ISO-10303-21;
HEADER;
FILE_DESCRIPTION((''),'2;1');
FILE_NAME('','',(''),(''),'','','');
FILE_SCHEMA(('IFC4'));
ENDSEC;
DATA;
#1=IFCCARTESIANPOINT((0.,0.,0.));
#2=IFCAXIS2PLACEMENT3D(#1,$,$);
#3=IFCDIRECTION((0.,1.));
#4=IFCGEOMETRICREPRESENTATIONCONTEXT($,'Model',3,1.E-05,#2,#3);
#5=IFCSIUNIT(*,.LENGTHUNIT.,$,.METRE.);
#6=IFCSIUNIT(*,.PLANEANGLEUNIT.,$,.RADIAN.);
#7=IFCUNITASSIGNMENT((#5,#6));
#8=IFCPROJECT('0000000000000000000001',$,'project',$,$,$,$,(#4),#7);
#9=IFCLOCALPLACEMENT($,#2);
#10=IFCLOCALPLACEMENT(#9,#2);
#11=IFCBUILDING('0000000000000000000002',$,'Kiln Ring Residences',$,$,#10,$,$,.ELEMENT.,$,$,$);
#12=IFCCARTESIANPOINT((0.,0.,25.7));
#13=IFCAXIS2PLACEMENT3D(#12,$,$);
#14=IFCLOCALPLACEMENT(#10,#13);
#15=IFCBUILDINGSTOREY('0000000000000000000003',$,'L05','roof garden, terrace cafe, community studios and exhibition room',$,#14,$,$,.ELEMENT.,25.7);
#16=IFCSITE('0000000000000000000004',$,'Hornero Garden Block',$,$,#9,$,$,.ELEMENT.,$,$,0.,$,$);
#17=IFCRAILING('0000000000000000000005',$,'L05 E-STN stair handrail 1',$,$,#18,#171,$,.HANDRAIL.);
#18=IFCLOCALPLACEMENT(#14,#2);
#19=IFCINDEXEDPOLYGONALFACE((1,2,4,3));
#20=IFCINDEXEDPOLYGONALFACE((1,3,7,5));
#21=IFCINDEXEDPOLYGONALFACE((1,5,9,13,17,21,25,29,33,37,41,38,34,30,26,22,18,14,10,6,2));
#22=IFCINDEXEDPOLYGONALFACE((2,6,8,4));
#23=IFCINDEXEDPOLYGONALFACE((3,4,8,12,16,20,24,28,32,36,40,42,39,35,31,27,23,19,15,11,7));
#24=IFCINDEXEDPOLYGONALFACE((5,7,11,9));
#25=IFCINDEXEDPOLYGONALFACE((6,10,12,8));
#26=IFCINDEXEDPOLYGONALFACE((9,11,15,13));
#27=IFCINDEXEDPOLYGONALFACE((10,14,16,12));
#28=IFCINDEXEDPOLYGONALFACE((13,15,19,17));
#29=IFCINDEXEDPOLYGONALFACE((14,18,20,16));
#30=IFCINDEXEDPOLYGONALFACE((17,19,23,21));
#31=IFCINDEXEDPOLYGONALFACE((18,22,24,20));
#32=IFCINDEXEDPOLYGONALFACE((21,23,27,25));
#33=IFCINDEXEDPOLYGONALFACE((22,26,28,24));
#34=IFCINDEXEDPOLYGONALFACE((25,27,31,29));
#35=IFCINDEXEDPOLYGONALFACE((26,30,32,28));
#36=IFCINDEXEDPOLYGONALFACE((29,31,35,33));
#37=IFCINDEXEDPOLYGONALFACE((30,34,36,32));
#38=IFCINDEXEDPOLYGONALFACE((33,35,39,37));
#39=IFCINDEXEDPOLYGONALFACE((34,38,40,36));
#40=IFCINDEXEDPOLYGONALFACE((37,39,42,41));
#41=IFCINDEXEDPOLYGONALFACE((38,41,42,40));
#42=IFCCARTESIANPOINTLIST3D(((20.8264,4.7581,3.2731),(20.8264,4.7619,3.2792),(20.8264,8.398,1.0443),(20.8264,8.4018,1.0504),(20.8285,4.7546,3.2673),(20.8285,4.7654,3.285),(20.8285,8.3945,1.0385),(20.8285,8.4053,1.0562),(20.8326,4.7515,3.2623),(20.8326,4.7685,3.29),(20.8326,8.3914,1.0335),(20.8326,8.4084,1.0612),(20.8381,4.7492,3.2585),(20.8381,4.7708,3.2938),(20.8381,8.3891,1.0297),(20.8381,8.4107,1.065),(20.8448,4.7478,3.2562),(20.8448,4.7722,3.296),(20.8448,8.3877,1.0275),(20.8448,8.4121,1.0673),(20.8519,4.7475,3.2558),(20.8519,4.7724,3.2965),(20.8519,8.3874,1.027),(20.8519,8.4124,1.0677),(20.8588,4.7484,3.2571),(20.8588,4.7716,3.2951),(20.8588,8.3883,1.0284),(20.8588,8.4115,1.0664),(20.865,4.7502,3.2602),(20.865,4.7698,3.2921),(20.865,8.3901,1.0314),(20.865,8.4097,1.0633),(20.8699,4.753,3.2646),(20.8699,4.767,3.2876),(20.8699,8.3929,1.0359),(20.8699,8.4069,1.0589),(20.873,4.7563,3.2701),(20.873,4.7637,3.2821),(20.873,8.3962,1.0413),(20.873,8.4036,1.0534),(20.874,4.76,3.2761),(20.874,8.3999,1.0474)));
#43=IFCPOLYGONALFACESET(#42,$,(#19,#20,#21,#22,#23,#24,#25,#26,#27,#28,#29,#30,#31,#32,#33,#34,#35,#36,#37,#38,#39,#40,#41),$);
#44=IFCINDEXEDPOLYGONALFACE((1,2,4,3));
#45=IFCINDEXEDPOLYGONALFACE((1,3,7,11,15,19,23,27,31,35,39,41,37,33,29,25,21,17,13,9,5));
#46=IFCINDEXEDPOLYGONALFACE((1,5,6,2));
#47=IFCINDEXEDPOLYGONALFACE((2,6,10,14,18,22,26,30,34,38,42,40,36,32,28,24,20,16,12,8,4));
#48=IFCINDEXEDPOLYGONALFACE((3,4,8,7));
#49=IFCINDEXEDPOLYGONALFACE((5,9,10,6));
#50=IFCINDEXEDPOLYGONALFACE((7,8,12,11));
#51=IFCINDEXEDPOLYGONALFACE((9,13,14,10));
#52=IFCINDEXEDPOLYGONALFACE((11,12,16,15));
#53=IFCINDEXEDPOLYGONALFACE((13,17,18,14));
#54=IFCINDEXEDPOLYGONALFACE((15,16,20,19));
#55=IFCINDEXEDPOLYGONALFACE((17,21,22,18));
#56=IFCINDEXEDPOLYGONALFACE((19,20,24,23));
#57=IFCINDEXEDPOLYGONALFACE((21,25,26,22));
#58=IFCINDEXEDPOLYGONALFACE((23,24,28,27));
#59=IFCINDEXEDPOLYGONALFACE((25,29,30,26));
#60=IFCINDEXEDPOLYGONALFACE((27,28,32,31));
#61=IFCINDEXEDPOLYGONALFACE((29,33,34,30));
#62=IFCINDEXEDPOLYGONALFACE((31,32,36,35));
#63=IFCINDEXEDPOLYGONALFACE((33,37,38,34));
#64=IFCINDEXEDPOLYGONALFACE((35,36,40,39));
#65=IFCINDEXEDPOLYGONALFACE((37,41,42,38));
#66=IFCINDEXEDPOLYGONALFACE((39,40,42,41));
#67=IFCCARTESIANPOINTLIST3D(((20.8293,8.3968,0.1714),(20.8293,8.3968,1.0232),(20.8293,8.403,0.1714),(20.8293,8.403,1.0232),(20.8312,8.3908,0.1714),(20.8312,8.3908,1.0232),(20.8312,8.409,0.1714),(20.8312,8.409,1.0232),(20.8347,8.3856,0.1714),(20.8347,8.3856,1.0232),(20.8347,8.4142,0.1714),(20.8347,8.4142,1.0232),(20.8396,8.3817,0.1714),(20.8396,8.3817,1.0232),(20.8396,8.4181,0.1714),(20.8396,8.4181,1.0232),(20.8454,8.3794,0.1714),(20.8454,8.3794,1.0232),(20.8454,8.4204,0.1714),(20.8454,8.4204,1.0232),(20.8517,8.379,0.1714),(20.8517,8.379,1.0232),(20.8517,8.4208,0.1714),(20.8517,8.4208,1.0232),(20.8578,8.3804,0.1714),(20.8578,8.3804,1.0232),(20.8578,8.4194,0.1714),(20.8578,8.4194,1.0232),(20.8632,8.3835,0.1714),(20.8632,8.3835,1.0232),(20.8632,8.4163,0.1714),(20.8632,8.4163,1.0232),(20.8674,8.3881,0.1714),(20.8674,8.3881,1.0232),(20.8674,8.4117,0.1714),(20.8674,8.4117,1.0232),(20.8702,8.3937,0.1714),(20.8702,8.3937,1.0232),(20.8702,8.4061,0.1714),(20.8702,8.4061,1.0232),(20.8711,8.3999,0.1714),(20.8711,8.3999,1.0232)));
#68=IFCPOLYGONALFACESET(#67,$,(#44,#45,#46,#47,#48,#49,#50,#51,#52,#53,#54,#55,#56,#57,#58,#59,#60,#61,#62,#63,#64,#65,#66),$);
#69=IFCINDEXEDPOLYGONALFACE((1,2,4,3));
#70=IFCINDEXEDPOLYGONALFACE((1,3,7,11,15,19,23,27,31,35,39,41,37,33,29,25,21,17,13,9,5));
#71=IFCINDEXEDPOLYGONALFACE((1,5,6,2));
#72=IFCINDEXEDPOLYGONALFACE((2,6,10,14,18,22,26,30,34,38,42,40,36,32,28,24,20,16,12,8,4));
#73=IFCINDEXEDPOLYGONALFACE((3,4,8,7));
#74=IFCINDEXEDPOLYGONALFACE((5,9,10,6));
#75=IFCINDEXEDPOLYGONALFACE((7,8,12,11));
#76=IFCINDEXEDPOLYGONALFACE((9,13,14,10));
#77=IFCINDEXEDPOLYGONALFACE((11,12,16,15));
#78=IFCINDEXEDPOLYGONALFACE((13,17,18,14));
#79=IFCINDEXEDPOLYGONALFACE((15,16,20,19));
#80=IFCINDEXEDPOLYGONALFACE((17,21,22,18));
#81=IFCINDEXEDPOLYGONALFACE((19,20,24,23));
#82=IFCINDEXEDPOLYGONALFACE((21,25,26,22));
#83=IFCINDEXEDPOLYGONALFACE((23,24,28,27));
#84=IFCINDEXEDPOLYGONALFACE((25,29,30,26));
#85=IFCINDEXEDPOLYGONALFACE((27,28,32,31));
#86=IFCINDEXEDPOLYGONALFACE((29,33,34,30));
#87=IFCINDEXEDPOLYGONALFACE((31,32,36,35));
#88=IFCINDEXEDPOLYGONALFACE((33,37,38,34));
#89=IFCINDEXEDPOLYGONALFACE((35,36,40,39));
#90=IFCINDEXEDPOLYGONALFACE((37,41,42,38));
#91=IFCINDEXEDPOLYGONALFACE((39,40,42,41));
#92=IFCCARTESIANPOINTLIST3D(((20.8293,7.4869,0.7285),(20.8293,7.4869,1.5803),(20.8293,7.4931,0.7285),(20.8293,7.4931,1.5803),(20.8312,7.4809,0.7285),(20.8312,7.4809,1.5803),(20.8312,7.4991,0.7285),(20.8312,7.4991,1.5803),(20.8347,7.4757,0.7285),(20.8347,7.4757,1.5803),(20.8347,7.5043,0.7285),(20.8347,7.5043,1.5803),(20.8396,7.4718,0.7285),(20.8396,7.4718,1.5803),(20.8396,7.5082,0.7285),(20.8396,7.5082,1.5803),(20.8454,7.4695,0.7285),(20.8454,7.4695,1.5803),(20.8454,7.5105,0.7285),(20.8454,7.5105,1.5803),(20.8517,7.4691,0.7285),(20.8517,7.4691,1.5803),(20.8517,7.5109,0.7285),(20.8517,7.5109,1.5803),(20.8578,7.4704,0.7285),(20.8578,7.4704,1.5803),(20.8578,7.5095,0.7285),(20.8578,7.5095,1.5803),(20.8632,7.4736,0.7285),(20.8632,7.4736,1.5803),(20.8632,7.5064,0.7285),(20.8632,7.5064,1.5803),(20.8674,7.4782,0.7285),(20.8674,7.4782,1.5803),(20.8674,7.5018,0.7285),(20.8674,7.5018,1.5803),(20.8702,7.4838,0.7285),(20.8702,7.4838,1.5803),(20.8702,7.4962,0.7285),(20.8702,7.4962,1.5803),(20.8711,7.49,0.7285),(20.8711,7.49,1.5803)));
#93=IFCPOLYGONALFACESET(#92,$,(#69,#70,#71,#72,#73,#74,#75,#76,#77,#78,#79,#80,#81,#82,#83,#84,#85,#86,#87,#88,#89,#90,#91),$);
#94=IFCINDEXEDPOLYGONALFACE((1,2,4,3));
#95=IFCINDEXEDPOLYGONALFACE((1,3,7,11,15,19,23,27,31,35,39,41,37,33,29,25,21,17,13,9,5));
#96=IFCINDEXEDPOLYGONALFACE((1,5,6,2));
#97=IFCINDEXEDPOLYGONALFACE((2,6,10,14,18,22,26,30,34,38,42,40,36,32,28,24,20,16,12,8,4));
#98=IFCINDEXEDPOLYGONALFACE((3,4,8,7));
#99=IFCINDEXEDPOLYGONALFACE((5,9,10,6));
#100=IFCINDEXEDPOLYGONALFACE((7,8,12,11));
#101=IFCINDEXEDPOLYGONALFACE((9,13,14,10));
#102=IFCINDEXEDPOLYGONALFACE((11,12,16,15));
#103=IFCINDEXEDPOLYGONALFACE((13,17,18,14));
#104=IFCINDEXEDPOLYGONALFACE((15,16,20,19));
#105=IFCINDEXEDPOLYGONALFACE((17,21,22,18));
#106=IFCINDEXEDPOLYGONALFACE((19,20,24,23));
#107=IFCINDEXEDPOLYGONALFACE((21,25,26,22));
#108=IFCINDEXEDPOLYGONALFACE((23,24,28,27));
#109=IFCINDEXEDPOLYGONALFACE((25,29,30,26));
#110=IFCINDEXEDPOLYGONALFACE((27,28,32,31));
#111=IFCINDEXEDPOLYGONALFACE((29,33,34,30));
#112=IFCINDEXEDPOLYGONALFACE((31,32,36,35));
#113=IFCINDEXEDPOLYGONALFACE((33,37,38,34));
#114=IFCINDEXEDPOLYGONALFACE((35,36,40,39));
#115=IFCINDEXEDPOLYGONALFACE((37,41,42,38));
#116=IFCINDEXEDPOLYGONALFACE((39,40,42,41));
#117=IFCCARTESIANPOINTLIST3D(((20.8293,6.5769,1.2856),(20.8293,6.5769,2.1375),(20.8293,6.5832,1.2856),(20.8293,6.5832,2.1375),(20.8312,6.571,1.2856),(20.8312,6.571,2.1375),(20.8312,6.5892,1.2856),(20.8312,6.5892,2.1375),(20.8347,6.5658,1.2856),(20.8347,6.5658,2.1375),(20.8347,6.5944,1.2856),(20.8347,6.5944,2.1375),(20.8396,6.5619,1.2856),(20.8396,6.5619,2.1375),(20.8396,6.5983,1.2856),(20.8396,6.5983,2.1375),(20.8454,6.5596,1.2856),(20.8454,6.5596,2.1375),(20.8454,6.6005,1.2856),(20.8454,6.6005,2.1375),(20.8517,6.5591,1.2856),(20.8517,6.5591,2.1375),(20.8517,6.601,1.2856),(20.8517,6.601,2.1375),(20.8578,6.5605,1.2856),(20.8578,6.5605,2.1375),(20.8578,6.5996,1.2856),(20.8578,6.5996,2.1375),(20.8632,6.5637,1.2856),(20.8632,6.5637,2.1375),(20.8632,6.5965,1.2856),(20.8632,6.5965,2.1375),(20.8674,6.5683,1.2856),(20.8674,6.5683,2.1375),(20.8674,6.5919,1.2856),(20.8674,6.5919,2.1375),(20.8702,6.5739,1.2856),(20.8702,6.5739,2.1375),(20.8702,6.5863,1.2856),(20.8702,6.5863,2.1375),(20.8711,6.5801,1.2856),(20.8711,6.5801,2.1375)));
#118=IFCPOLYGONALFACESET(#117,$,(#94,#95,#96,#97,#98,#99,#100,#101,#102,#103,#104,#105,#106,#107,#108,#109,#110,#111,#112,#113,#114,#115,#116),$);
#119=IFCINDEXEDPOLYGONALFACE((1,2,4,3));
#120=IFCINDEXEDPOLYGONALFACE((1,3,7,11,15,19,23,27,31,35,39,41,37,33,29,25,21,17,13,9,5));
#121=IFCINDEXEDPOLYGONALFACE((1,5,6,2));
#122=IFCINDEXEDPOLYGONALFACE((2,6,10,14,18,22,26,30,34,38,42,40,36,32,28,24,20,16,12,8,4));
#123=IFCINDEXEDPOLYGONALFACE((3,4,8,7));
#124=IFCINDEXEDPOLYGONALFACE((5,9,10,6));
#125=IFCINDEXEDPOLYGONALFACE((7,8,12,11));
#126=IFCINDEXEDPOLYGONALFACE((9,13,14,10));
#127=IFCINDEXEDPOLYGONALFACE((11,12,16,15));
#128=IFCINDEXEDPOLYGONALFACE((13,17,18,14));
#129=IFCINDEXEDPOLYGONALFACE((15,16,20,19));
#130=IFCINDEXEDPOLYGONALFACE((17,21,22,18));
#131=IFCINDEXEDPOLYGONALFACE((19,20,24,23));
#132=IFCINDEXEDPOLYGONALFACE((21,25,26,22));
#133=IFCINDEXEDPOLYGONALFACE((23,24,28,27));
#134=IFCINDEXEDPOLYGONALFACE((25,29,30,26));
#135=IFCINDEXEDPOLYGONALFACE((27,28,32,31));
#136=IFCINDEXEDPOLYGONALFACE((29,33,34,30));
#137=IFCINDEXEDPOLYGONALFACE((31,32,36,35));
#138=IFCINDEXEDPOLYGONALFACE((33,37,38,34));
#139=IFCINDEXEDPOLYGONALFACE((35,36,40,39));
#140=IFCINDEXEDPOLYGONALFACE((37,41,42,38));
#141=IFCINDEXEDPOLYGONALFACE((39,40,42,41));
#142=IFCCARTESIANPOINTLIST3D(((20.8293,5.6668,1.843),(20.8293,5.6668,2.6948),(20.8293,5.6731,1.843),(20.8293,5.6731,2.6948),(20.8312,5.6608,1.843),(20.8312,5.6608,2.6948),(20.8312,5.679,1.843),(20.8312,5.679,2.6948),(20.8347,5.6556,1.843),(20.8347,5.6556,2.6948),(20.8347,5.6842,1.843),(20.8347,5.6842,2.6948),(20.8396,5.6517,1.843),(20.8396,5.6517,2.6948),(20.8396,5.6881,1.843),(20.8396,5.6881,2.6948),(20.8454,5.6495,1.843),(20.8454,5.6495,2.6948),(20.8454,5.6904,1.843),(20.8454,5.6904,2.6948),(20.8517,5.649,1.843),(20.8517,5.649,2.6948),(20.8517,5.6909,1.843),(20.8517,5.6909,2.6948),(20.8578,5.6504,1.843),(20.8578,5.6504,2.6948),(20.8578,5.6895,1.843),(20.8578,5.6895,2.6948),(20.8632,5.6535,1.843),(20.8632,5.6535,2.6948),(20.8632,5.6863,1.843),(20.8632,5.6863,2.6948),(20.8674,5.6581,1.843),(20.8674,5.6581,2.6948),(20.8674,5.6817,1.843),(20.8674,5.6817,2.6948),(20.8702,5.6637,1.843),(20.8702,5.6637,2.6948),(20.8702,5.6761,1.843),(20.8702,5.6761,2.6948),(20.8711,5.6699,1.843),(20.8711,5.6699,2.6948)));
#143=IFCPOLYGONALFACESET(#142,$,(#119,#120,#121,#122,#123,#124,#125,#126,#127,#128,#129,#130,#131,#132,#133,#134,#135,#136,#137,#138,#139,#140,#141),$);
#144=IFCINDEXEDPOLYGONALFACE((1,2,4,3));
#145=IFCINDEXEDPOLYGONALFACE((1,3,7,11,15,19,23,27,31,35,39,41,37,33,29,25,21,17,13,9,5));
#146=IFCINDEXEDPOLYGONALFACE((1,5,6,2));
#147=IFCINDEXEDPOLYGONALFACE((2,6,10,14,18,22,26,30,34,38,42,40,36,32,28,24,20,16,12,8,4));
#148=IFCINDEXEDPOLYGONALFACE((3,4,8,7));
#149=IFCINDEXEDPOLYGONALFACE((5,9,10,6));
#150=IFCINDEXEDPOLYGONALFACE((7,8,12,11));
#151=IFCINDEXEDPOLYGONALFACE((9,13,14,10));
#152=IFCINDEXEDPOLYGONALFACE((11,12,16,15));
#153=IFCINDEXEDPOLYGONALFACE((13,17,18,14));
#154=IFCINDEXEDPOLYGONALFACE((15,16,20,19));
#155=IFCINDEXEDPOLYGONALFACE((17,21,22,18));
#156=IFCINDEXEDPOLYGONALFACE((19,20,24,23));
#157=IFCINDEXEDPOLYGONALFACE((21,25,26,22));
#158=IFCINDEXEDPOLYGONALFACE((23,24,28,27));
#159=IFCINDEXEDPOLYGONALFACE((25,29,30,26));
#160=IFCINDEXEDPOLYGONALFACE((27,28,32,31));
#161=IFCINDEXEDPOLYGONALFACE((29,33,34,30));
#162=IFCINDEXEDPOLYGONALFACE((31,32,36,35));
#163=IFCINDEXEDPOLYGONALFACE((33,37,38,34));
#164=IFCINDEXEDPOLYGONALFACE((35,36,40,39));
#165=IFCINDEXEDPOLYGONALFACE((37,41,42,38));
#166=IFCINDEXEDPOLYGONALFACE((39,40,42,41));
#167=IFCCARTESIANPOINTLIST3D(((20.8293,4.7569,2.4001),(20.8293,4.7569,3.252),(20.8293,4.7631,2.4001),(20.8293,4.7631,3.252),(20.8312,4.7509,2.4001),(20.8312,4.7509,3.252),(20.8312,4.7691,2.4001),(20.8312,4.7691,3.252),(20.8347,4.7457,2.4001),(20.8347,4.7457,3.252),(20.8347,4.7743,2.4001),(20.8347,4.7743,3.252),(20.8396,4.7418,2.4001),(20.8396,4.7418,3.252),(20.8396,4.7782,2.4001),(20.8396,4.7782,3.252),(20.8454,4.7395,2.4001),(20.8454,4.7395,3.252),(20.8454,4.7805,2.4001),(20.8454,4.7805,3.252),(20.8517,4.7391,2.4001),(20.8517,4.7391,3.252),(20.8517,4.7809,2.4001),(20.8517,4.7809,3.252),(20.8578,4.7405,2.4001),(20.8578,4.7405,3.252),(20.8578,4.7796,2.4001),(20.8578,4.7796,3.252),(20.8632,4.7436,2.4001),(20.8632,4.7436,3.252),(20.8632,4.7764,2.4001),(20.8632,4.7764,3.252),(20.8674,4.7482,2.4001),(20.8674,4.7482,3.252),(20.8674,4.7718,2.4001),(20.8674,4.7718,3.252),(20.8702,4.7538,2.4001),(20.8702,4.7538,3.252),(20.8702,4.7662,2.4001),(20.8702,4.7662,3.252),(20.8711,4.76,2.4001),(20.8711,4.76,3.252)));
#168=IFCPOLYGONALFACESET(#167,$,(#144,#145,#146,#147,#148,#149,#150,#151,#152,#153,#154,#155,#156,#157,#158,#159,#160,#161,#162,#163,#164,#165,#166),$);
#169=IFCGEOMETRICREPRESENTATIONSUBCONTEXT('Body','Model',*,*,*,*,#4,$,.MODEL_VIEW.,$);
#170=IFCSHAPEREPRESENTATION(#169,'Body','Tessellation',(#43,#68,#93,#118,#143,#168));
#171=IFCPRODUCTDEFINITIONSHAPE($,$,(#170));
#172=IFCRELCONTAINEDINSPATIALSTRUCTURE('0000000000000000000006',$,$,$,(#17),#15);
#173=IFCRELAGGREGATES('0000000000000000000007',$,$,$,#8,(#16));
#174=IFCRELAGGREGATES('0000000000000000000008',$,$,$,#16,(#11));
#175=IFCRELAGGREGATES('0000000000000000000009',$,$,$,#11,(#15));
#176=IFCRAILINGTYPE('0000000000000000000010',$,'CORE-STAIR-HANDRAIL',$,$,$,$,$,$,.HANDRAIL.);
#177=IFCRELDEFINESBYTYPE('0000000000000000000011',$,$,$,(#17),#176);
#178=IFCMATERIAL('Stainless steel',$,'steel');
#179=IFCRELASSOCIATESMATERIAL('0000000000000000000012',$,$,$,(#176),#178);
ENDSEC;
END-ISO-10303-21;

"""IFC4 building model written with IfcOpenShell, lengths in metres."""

from ifc_helpers import new_model, si_unit, direction, frame, origin, origin_2d, place, context, subcontext, project, spatial, circle, extrude, material, type_object, element, save


model = new_model("IFC4")

# Units and contexts
model_context = context("Model", 3, precision=1e-05, world=origin(), true_north=direction((0.0, 1.0)))
body_context = subcontext(model_context, "Body", "Model", "MODEL_VIEW")
ifc_project = project(units=[si_unit("LENGTHUNIT", "METRE"), si_unit("PLANEANGLEUNIT", "RADIAN")], contexts=[model_context])

# Site, building, storey
site_placement = place(None, origin())
site = spatial("IfcSite", under=ifc_project, at=site_placement, Name="Hornero Garden Block", CompositionType="ELEMENT", RefElevation=0.0)
building_placement = place(site_placement, origin())
building = spatial("IfcBuilding", under=site, at=building_placement, Name="Kiln Ring Residences", CompositionType="ELEMENT")
storey_placement = place(building_placement, frame((0.0, 0.0, 25.7)))
storey = spatial("IfcBuildingStorey", under=building, at=storey_placement, Name="L05", Description="roof garden, terrace cafe, community studios and exhibition room", CompositionType="ELEMENT", Elevation=25.7)

# Railing
ifc_material_1 = material(Name="Stainless steel", Category="steel")
railing_type_1 = type_object("IfcRailingType", Name="CORE-STAIR-HANDRAIL", PredefinedType="HANDRAIL", material=ifc_material_1)
railing_1_placement = place(storey_placement, frame((20.8501, 8.3999, 0.1714)))
element("IfcRailing", 1, at=railing_1_placement, inside=storey, type_object=railing_type_1, Name="L05 E-STN stair handrail 1", PredefinedType="HANDRAIL", context=body_context, shape_type="SweptSolid", body=[
    extrude(circle(Radius=0.0239, at=origin_2d()), frame((0.0, 0.0, 0.876), z_axis=(0.0, -0.852825, 0.522197), x_axis=(1.0, 0.0, 0.0)), (0.0, 0.0, 1.0), 4.2681),
    extrude(circle(Radius=0.021, at=origin_2d()), origin(), (0.0, 0.0, 1.0), 0.8518),
    extrude(circle(Radius=0.021, at=origin_2d()), frame((0.0, -0.9099, 0.5571)), (0.0, 0.0, 1.0), 0.8518),
    extrude(circle(Radius=0.021, at=origin_2d()), frame((0.0, -1.8198, 1.1143)), (0.0, 0.0, 1.0), 0.8518),
    extrude(circle(Radius=0.021, at=origin_2d()), frame((0.0, -2.73, 1.6716)), (0.0, 0.0, 1.0), 0.8518),
    extrude(circle(Radius=0.021, at=origin_2d()), frame((0.0, -3.6399, 2.2288)), (0.0, 0.0, 1.0), 0.8518),
])

save(model, "model.ifc")
